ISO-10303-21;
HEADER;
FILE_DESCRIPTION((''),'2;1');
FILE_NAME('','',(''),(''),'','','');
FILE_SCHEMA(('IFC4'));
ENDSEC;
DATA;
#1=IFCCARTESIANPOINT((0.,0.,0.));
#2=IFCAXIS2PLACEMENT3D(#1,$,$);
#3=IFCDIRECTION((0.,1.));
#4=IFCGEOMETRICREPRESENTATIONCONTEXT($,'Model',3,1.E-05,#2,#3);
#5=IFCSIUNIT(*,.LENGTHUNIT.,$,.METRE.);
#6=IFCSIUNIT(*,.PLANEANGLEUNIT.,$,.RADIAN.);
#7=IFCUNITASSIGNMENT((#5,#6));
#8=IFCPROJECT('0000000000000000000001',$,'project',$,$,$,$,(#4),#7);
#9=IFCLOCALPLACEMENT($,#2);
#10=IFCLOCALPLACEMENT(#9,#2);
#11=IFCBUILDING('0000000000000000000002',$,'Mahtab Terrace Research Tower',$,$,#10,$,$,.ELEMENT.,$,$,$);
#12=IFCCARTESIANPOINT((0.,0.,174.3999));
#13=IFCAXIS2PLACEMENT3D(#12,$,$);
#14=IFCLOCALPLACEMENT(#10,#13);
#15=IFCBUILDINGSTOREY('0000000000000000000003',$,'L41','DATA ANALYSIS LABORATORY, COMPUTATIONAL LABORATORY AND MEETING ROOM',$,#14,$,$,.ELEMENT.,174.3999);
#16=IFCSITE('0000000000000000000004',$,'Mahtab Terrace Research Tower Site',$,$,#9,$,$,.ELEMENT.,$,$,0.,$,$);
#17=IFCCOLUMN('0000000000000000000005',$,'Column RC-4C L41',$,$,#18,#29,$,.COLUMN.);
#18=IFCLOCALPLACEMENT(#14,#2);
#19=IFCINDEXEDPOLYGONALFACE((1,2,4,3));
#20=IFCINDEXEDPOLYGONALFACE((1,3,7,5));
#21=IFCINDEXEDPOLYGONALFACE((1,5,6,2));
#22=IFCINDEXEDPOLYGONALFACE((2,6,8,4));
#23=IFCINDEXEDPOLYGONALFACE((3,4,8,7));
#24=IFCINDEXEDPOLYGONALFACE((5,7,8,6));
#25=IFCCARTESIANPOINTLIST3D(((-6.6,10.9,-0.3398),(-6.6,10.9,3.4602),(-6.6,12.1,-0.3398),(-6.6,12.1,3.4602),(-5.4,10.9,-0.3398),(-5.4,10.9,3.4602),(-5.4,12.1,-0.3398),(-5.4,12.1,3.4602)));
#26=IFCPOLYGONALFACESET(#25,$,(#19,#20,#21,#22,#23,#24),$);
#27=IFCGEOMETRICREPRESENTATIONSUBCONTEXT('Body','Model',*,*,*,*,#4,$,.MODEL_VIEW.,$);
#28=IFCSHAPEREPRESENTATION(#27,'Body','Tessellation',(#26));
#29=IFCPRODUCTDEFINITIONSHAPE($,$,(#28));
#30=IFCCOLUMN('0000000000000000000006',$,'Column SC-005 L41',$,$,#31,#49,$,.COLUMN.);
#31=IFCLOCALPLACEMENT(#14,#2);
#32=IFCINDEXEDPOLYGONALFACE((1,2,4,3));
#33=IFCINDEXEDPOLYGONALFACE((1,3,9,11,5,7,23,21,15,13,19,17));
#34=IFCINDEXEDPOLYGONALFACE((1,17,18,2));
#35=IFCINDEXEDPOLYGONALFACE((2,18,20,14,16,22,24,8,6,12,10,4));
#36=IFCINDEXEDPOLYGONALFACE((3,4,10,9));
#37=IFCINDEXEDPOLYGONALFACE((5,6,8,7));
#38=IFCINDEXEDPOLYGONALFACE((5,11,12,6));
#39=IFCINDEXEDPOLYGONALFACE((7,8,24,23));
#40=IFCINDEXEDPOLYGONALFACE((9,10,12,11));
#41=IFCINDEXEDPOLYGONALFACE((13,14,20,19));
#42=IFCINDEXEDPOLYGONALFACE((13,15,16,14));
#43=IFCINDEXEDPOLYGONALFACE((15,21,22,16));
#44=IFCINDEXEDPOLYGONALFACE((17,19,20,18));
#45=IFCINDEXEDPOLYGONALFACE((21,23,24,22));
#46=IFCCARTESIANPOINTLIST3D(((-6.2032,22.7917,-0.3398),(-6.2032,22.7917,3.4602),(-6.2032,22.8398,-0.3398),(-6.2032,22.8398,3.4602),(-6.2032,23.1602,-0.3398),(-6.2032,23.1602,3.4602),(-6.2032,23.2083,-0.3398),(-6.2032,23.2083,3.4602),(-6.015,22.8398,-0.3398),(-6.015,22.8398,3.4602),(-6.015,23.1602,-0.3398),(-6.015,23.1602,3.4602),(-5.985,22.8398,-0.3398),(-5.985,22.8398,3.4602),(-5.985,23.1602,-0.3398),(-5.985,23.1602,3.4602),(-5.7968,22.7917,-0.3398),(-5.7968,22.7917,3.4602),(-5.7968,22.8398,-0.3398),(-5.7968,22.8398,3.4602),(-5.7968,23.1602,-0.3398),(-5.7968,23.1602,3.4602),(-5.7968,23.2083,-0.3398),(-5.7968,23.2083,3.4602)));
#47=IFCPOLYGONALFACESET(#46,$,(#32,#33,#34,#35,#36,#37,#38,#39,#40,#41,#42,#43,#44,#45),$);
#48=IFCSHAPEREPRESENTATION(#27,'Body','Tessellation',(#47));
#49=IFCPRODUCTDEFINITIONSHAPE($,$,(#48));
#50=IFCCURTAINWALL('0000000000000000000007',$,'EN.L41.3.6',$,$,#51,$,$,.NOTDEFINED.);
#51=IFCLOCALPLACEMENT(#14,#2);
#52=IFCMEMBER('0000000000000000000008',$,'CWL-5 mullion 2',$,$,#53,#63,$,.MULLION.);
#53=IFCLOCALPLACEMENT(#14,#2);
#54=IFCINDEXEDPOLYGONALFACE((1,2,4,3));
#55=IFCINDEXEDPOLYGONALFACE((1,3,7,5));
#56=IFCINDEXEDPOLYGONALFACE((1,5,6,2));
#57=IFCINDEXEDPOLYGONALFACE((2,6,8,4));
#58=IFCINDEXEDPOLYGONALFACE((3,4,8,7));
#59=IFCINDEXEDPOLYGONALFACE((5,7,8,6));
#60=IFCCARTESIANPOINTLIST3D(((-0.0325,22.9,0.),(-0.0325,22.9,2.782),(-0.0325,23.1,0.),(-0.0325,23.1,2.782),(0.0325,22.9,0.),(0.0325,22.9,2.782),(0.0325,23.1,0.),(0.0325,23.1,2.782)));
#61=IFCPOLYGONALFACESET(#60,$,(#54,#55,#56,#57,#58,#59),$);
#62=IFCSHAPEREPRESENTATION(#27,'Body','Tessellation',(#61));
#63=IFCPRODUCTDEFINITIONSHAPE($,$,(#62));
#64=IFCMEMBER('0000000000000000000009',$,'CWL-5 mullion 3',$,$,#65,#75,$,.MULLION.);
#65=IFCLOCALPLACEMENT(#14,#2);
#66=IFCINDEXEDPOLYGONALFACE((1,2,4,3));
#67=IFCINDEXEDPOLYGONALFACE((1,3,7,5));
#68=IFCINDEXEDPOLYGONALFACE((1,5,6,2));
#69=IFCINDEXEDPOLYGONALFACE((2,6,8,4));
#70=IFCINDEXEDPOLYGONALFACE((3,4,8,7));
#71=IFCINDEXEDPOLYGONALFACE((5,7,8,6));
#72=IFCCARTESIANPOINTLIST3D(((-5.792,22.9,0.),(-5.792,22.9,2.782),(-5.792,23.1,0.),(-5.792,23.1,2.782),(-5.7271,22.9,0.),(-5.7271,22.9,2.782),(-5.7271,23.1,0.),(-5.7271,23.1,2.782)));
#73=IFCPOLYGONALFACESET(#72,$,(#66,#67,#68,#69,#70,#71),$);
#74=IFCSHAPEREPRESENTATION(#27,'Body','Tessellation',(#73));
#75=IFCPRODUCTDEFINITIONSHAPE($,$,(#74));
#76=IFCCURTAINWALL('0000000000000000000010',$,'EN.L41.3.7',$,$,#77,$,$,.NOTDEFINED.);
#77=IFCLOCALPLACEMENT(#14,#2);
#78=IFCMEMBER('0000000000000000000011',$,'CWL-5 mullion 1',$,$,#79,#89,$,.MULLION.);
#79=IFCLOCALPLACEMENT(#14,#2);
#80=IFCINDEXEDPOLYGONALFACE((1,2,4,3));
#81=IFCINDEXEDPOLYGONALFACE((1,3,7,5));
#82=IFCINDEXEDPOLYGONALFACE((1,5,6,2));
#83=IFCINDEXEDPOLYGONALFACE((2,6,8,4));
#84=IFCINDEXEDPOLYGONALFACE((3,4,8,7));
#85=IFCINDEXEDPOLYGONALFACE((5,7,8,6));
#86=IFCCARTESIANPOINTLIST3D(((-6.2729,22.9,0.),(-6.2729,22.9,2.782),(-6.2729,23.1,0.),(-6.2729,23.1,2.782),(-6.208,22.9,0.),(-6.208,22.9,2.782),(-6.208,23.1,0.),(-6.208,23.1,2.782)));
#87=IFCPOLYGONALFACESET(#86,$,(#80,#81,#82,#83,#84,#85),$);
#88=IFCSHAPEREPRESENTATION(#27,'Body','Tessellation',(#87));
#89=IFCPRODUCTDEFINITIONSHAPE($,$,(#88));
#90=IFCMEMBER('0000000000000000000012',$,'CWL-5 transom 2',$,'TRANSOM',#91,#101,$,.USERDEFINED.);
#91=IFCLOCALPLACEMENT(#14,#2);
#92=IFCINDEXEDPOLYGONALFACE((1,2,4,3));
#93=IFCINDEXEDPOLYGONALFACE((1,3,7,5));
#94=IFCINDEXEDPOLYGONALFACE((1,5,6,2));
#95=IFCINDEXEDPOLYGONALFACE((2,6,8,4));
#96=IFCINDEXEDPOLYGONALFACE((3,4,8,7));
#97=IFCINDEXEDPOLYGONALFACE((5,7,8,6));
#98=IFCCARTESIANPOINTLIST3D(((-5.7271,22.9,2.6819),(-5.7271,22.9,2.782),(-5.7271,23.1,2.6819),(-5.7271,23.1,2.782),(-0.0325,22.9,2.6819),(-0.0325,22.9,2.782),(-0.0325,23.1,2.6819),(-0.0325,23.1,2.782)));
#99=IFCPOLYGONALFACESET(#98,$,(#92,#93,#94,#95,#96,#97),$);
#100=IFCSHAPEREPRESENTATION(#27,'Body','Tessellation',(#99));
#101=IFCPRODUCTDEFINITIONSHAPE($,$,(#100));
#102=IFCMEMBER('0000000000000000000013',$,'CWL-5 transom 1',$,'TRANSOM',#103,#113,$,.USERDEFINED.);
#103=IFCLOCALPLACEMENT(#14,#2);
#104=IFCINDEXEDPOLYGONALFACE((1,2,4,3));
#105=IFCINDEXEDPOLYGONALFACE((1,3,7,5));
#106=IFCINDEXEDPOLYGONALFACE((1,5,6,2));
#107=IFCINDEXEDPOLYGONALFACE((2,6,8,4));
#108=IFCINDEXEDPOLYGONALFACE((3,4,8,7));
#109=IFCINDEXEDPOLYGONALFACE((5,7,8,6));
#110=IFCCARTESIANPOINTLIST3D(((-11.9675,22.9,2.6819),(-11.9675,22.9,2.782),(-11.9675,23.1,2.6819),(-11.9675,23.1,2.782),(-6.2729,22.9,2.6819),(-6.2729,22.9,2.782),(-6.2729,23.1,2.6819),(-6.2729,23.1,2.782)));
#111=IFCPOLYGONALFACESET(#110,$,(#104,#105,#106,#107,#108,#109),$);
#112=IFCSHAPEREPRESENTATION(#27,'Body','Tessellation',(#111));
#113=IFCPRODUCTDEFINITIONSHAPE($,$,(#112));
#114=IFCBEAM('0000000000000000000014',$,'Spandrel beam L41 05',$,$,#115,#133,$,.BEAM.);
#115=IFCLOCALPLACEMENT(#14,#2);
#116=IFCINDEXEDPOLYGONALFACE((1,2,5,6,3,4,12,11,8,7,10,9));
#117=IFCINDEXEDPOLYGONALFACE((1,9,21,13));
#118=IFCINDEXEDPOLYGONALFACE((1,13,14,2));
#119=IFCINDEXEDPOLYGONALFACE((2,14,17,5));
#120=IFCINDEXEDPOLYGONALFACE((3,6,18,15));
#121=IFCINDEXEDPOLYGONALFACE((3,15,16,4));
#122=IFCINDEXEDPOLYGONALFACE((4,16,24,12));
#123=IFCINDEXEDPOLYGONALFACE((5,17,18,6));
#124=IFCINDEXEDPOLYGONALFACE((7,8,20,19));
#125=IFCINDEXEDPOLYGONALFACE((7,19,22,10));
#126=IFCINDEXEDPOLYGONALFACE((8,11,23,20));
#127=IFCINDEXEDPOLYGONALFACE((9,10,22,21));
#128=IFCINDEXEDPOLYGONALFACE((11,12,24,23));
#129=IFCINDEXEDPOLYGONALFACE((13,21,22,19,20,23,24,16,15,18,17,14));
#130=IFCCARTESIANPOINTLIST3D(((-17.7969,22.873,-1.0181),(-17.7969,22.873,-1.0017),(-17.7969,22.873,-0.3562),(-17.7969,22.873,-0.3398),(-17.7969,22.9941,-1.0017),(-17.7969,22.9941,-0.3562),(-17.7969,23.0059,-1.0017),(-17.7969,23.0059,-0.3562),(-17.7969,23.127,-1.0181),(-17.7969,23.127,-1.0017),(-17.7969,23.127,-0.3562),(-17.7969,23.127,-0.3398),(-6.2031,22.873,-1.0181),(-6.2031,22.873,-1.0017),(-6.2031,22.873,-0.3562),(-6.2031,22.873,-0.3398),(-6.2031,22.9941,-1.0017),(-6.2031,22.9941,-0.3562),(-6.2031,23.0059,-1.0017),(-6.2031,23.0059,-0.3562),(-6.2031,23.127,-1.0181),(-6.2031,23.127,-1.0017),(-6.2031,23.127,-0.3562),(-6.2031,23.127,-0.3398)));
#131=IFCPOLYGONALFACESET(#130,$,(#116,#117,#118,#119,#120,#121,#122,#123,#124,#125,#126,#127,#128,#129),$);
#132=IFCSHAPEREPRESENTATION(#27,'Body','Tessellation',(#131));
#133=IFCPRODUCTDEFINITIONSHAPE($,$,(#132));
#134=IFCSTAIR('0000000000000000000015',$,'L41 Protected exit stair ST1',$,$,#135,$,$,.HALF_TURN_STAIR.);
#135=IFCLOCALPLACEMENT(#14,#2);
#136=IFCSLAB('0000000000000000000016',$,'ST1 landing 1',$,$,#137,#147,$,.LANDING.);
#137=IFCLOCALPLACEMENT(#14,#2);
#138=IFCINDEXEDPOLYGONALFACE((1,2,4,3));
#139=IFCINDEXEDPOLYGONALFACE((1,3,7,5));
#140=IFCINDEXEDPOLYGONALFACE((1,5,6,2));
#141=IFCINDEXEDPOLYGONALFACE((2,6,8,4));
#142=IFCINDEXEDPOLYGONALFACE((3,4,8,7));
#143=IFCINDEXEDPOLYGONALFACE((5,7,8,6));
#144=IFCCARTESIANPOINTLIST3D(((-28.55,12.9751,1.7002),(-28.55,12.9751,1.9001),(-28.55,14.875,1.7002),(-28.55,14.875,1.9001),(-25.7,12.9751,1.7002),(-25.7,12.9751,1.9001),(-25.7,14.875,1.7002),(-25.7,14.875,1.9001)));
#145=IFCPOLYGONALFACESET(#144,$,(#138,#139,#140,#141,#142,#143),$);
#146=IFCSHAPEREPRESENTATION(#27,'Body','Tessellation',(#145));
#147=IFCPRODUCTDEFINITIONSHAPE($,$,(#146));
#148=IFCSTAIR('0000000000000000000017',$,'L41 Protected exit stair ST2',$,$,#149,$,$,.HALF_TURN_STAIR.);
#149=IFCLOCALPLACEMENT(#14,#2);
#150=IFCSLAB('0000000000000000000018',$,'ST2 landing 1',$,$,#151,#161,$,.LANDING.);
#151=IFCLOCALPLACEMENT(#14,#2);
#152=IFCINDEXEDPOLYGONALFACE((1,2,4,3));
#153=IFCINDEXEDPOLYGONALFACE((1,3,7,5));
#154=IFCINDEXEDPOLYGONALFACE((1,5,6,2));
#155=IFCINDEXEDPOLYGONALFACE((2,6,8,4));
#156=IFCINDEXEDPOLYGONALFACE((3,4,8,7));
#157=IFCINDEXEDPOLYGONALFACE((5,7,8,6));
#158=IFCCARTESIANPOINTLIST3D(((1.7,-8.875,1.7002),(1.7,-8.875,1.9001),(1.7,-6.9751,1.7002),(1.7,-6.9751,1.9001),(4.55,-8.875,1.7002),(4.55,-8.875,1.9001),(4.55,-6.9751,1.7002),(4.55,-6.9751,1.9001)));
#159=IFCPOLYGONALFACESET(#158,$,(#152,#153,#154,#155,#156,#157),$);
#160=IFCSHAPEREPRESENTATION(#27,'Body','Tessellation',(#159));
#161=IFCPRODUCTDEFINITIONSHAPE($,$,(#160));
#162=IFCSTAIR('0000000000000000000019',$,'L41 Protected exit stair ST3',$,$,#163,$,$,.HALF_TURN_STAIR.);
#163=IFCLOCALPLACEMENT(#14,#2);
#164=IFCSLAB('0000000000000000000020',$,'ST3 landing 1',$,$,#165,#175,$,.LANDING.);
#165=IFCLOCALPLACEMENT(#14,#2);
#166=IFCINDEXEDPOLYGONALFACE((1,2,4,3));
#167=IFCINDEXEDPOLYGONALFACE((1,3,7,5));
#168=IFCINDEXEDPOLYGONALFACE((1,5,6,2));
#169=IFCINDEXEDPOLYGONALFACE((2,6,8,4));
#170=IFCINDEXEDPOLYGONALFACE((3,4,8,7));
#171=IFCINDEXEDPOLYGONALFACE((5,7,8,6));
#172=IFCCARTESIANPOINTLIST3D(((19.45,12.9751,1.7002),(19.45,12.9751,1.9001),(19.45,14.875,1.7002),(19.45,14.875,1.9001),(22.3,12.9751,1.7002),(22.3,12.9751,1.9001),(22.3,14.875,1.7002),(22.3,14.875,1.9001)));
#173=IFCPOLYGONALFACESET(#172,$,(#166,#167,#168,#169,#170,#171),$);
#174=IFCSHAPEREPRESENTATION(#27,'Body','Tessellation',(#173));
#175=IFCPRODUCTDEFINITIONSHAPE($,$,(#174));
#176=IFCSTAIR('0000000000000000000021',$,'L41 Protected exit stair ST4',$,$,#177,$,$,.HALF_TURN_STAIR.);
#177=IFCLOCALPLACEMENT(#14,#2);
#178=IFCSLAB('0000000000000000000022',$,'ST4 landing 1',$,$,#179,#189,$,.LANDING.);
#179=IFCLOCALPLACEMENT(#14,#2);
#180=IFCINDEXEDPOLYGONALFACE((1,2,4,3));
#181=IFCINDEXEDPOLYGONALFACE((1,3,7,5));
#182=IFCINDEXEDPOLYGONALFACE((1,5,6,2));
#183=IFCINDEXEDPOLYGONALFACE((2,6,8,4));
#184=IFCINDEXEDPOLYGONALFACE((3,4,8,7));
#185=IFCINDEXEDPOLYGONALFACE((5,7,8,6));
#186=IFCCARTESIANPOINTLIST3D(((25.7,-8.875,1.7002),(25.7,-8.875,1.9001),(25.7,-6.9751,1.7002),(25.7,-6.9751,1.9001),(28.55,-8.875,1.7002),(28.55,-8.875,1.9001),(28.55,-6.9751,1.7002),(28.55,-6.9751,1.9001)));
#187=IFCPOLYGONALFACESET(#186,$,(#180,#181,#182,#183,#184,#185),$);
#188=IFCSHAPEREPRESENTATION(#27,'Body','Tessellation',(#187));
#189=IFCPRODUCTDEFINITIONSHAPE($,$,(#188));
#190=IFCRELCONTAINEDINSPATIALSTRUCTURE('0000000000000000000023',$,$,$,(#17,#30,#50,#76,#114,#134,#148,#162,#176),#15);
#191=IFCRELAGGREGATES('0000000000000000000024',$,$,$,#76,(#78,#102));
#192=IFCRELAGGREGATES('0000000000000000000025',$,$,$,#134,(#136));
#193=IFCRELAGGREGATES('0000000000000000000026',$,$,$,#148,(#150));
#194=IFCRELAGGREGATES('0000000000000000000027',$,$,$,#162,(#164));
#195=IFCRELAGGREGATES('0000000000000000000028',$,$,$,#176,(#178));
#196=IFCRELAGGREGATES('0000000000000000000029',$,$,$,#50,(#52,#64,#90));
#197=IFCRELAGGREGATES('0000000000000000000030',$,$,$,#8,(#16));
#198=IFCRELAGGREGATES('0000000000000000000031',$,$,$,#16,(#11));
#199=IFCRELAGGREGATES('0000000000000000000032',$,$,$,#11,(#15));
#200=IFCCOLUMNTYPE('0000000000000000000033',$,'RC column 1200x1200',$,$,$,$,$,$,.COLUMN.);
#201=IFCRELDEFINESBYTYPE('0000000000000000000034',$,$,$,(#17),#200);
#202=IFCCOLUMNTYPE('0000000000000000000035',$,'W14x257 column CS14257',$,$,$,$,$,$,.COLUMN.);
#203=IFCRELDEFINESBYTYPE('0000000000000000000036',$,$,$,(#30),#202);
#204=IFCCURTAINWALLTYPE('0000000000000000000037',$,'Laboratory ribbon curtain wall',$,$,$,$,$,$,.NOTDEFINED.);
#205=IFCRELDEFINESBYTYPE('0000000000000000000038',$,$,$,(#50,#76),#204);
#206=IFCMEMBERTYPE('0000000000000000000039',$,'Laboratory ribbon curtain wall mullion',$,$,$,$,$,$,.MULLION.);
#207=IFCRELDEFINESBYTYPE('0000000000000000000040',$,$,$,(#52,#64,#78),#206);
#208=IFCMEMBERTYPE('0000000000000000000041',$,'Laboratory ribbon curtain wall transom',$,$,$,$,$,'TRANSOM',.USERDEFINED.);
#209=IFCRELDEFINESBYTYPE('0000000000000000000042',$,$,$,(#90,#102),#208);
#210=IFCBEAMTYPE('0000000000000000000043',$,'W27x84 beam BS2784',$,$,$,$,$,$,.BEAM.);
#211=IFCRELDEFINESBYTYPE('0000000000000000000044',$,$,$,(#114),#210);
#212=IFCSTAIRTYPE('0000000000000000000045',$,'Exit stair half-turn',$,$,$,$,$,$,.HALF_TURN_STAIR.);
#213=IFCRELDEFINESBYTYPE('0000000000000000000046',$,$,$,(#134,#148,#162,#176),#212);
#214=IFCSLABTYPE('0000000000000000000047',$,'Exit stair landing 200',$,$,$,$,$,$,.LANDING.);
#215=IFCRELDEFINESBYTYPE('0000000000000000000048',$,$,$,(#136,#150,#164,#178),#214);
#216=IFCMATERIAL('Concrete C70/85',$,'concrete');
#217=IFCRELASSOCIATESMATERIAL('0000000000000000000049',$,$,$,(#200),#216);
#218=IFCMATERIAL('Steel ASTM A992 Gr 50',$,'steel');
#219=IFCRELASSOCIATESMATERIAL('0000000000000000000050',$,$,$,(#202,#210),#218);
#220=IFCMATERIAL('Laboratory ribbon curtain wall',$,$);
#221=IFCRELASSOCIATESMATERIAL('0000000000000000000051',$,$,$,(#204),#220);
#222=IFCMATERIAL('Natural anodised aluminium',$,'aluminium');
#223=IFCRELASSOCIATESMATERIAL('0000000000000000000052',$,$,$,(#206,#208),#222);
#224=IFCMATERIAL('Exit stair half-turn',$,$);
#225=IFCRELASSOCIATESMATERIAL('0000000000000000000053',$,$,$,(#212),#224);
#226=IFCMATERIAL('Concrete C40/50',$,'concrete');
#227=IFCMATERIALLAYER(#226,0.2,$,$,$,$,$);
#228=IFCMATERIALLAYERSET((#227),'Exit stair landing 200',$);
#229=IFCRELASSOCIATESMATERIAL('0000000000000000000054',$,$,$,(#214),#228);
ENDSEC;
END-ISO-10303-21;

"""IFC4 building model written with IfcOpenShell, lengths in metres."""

from ifc_helpers import new_model, si_unit, direction, frame, origin, origin_2d, place, context, subcontext, project, spatial, polyline, rectangle, i_section, outline, extrude, material, layer, layer_set, material_profile, profile_set, type_object, element, aggregate, save


model = new_model("IFC4")

# Units and contexts
model_context = context("Model", 3, precision=1e-05, world=origin(), true_north=direction((0.0, 1.0)))
body_context = subcontext(model_context, "Body", "Model", "MODEL_VIEW")
ifc_project = project(units=[si_unit("LENGTHUNIT", "METRE"), si_unit("PLANEANGLEUNIT", "RADIAN")], contexts=[model_context])

# Site, building, storey
site_placement = place(None, origin())
site = spatial("IfcSite", under=ifc_project, at=site_placement, Name="Mahtab Terrace Research Tower Site", CompositionType="ELEMENT", RefElevation=0.0)
building_placement = place(site_placement, origin())
building = spatial("IfcBuilding", under=site, at=building_placement, Name="Mahtab Terrace Research Tower", CompositionType="ELEMENT")
storey_placement = place(building_placement, frame((0.0, 0.0, 174.3999)))
storey = spatial("IfcBuildingStorey", under=building, at=storey_placement, Name="L41", Description="DATA ANALYSIS LABORATORY, COMPUTATIONAL LABORATORY AND MEETING ROOM", CompositionType="ELEMENT", Elevation=174.3999)

# Columns
ifc_material_1 = material(Name="Concrete C70/85", Category="concrete")
ifc_material_profile_1 = material_profile(ifc_material_1, rectangle(XDim=1.2, YDim=1.2, at=origin_2d()), Name="RC column 1200x1200")
ifc_profile_set_1 = profile_set([ifc_material_profile_1], Name="Concrete C70/85")
column_type_1 = type_object("IfcColumnType", Name="RC column 1200x1200", PredefinedType="COLUMN", material=ifc_profile_set_1)
column_1_placement = place(storey_placement, frame((-6.0, 11.5, -0.3398), z_axis=(0.0, 0.0, 1.0), x_axis=(1.0, 0.0, 0.0)))
element("IfcColumn", 1, at=column_1_placement, inside=storey, type_object=column_type_1, Name="Column RC-4C L41", PredefinedType="COLUMN", context=body_context, shape_type="SweptSolid", body=[
    extrude(rectangle(XDim=1.2, YDim=1.2, at=origin_2d()), origin(), (0.0, 0.0, 1.0), 3.8),
])
ifc_material_2 = material(Name="Steel ASTM A992 Gr 50", Category="steel")
ifc_material_profile_2 = material_profile(ifc_material_2, i_section(OverallWidth=0.4065, OverallDepth=0.4165, WebThickness=0.03, FlangeThickness=0.0481, at=origin_2d()), Name="W14X257")
ifc_profile_set_2 = profile_set([ifc_material_profile_2], Name="Steel ASTM A992 Gr 50")
column_type_2 = type_object("IfcColumnType", Name="W14x257 column CS14257", PredefinedType="COLUMN", material=ifc_profile_set_2)
column_2_placement = place(storey_placement, frame((-6.0, 23.0, -0.3398), z_axis=(0.0, 0.0, 1.0), x_axis=(1.0, 0.0, 0.0)))
element("IfcColumn", 2, at=column_2_placement, inside=storey, type_object=column_type_2, Name="Column SC-005 L41", PredefinedType="COLUMN", context=body_context, shape_type="SweptSolid", body=[
    extrude(i_section(OverallWidth=0.4065, OverallDepth=0.4165, WebThickness=0.03, FlangeThickness=0.0481, at=origin_2d()), origin(), (0.0, 0.0, 1.0), 3.8),
])

# Curtain wall, members
ifc_material_3 = material(Name="Laboratory ribbon curtain wall")
curtain_wall_type = type_object("IfcCurtainWallType", Name="Laboratory ribbon curtain wall", PredefinedType="NOTDEFINED", material=ifc_material_3)
curtain_wall_1_placement = place(storey_placement, origin())
curtain_wall_1 = element("IfcCurtainWall", 3, at=curtain_wall_1_placement, inside=storey, type_object=curtain_wall_type, Name="EN.L41.3.6", PredefinedType="NOTDEFINED")
ifc_material_4 = material(Name="Natural anodised aluminium", Category="aluminium")
ifc_material_profile_3 = material_profile(ifc_material_4, rectangle(XDim=0.2, YDim=0.0649, at=origin_2d()), Name="MULLION 65x200")
ifc_profile_set_3 = profile_set([ifc_material_profile_3], Name="Natural anodised aluminium")
member_type_1 = type_object("IfcMemberType", Name="Laboratory ribbon curtain wall mullion", PredefinedType="MULLION", material=ifc_profile_set_3)
member_1_placement = place(storey_placement, frame((0.0, 23.0, 0.0), z_axis=(0.0, 0.0, 1.0), x_axis=(0.0, -1.0, 0.0)))
member_1 = element("IfcMember", 4, at=member_1_placement, type_object=member_type_1, Name="CWL-5 mullion 2", PredefinedType="MULLION", context=body_context, shape_type="SweptSolid", body=[
    extrude(rectangle(XDim=0.2, YDim=0.0649, at=origin_2d()), origin(), (0.0, 0.0, 1.0), 2.782),
])
member_2_placement = place(storey_placement, frame((-5.7595, 23.0, 0.0), z_axis=(0.0, 0.0, 1.0), x_axis=(0.0, -1.0, 0.0)))
member_2 = element("IfcMember", 5, at=member_2_placement, type_object=member_type_1, Name="CWL-5 mullion 3", PredefinedType="MULLION", context=body_context, shape_type="SweptSolid", body=[
    extrude(rectangle(XDim=0.2, YDim=0.0649, at=origin_2d()), origin(), (0.0, 0.0, 1.0), 2.782),
])

# Curtain wall, member
curtain_wall_2_placement = place(storey_placement, origin())
curtain_wall_2 = element("IfcCurtainWall", 6, at=curtain_wall_2_placement, inside=storey, type_object=curtain_wall_type, Name="EN.L41.3.7", PredefinedType="NOTDEFINED")
member_3_placement = place(storey_placement, frame((-6.2405, 23.0, 0.0), z_axis=(0.0, 0.0, 1.0), x_axis=(0.0, -1.0, 0.0)))
member_3 = element("IfcMember", 7, at=member_3_placement, type_object=member_type_1, Name="CWL-5 mullion 1", PredefinedType="MULLION", context=body_context, shape_type="SweptSolid", body=[
    extrude(rectangle(XDim=0.2, YDim=0.0649, at=origin_2d()), origin(), (0.0, 0.0, 1.0), 2.782),
])

# Members
ifc_material_profile_4 = material_profile(ifc_material_4, rectangle(XDim=0.2, YDim=0.1001, at=origin_2d()), Name="TRANSOM 100x200")
ifc_profile_set_4 = profile_set([ifc_material_profile_4], Name="Natural anodised aluminium")
member_type_2 = type_object("IfcMemberType", Name="Laboratory ribbon curtain wall transom", ElementType="TRANSOM", PredefinedType="USERDEFINED", material=ifc_profile_set_4)
member_4_placement = place(storey_placement, frame((-0.0325, 23.0, 2.7319), z_axis=(-1.0, 0.0, 0.0), x_axis=(0.0, -1.0, 0.0)))
member_4 = element("IfcMember", 8, at=member_4_placement, type_object=member_type_2, Name="CWL-5 transom 2", ObjectType="TRANSOM", PredefinedType="USERDEFINED", context=body_context, shape_type="SweptSolid", body=[
    extrude(rectangle(XDim=0.2, YDim=0.1001, at=origin_2d()), origin(), (0.0, 0.0, 1.0), 5.6946),
])
member_5_placement = place(storey_placement, frame((-6.2729, 23.0, 2.7319), z_axis=(-1.0, 0.0, 0.0), x_axis=(0.0, -1.0, 0.0)))
member_5 = element("IfcMember", 9, at=member_5_placement, type_object=member_type_2, Name="CWL-5 transom 1", ObjectType="TRANSOM", PredefinedType="USERDEFINED", context=body_context, shape_type="SweptSolid", body=[
    extrude(rectangle(XDim=0.2, YDim=0.1001, at=origin_2d()), origin(), (0.0, 0.0, 1.0), 5.6946),
])
aggregate(curtain_wall_2, [member_3, member_5])

# Beam
ifc_material_profile_5 = material_profile(ifc_material_2, i_section(OverallWidth=0.2539, OverallDepth=0.6782, WebThickness=0.0117, FlangeThickness=0.0164, at=origin_2d()), Name="W27X84")
ifc_profile_set_5 = profile_set([ifc_material_profile_5], Name="Steel ASTM A992 Gr 50")
beam_type = type_object("IfcBeamType", Name="W27x84 beam BS2784", PredefinedType="BEAM", material=ifc_profile_set_5)
beam_placement = place(storey_placement, frame((-6.2031, 23.0, -0.679), z_axis=(-1.0, 0.0, 0.0), x_axis=(0.0, -1.0, 0.0)))
element("IfcBeam", 10, at=beam_placement, inside=storey, type_object=beam_type, Name="Spandrel beam L41 05", PredefinedType="BEAM", context=body_context, shape_type="SweptSolid", body=[
    extrude(i_section(OverallWidth=0.2539, OverallDepth=0.6782, WebThickness=0.0117, FlangeThickness=0.0164, at=origin_2d()), origin(), (0.0, 0.0, 1.0), 11.5938),
])

# Stairs, slabs
ifc_material_5 = material(Name="Exit stair half-turn")
stair_type = type_object("IfcStairType", Name="Exit stair half-turn", PredefinedType="HALF_TURN_STAIR", material=ifc_material_5)
stair_1_placement = place(storey_placement, origin())
stair_1 = element("IfcStair", 11, at=stair_1_placement, inside=storey, type_object=stair_type, Name="L41 Protected exit stair ST1", PredefinedType="HALF_TURN_STAIR")
ifc_material_6 = material(Name="Concrete C40/50", Category="concrete")
ifc_layer_1 = layer(ifc_material_6, 0.2)
ifc_layer_set_1 = layer_set([ifc_layer_1], Name="Exit stair landing 200")
slab_type = type_object("IfcSlabType", Name="Exit stair landing 200", PredefinedType="LANDING", material=ifc_layer_set_1)
slab_1_placement = place(storey_placement, frame((0.0, 0.0, 1.7002)))
slab_1 = element("IfcSlab", 12, at=slab_1_placement, type_object=slab_type, Name="ST1 landing 1", PredefinedType="LANDING", context=body_context, shape_type="SweptSolid", body=[
    extrude(outline(polyline([(-25.7, 12.9751), (-25.7, 14.875), (-28.55, 14.875), (-28.55, 12.9751), (-25.7, 12.9751)])), origin(), (0.0, 0.0, 1.0), 0.2),
])
aggregate(stair_1, [slab_1])
stair_2_placement = place(storey_placement, origin())
stair_2 = element("IfcStair", 13, at=stair_2_placement, inside=storey, type_object=stair_type, Name="L41 Protected exit stair ST2", PredefinedType="HALF_TURN_STAIR")
slab_2_placement = place(storey_placement, frame((0.0, 0.0, 1.7002)))
slab_2 = element("IfcSlab", 14, at=slab_2_placement, type_object=slab_type, Name="ST2 landing 1", PredefinedType="LANDING", context=body_context, shape_type="SweptSolid", body=[
    extrude(outline(polyline([(1.7, -6.9751), (1.7, -8.875), (4.55, -8.875), (4.55, -6.9751), (1.7, -6.9751)])), origin(), (0.0, 0.0, 1.0), 0.2),
])
aggregate(stair_2, [slab_2])
stair_3_placement = place(storey_placement, origin())
stair_3 = element("IfcStair", 15, at=stair_3_placement, inside=storey, type_object=stair_type, Name="L41 Protected exit stair ST3", PredefinedType="HALF_TURN_STAIR")
slab_3_placement = place(storey_placement, frame((0.0, 0.0, 1.7002)))
slab_3 = element("IfcSlab", 16, at=slab_3_placement, type_object=slab_type, Name="ST3 landing 1", PredefinedType="LANDING", context=body_context, shape_type="SweptSolid", body=[
    extrude(outline(polyline([(22.3, 12.9751), (22.3, 14.875), (19.45, 14.875), (19.45, 12.9751), (22.3, 12.9751)])), origin(), (0.0, 0.0, 1.0), 0.2),
])
aggregate(stair_3, [slab_3])
stair_4_placement = place(storey_placement, origin())
stair_4 = element("IfcStair", 17, at=stair_4_placement, inside=storey, type_object=stair_type, Name="L41 Protected exit stair ST4", PredefinedType="HALF_TURN_STAIR")
slab_4_placement = place(storey_placement, frame((0.0, 0.0, 1.7002)))
slab_4 = element("IfcSlab", 18, at=slab_4_placement, type_object=slab_type, Name="ST4 landing 1", PredefinedType="LANDING", context=body_context, shape_type="SweptSolid", body=[
    extrude(outline(polyline([(25.7, -6.9751), (25.7, -8.875), (28.55, -8.875), (28.55, -6.9751), (25.7, -6.9751)])), origin(), (0.0, 0.0, 1.0), 0.2),
])
aggregate(stair_4, [slab_4])

aggregate(curtain_wall_1, [member_1, member_2, member_4])

save(model, "model.ifc")
